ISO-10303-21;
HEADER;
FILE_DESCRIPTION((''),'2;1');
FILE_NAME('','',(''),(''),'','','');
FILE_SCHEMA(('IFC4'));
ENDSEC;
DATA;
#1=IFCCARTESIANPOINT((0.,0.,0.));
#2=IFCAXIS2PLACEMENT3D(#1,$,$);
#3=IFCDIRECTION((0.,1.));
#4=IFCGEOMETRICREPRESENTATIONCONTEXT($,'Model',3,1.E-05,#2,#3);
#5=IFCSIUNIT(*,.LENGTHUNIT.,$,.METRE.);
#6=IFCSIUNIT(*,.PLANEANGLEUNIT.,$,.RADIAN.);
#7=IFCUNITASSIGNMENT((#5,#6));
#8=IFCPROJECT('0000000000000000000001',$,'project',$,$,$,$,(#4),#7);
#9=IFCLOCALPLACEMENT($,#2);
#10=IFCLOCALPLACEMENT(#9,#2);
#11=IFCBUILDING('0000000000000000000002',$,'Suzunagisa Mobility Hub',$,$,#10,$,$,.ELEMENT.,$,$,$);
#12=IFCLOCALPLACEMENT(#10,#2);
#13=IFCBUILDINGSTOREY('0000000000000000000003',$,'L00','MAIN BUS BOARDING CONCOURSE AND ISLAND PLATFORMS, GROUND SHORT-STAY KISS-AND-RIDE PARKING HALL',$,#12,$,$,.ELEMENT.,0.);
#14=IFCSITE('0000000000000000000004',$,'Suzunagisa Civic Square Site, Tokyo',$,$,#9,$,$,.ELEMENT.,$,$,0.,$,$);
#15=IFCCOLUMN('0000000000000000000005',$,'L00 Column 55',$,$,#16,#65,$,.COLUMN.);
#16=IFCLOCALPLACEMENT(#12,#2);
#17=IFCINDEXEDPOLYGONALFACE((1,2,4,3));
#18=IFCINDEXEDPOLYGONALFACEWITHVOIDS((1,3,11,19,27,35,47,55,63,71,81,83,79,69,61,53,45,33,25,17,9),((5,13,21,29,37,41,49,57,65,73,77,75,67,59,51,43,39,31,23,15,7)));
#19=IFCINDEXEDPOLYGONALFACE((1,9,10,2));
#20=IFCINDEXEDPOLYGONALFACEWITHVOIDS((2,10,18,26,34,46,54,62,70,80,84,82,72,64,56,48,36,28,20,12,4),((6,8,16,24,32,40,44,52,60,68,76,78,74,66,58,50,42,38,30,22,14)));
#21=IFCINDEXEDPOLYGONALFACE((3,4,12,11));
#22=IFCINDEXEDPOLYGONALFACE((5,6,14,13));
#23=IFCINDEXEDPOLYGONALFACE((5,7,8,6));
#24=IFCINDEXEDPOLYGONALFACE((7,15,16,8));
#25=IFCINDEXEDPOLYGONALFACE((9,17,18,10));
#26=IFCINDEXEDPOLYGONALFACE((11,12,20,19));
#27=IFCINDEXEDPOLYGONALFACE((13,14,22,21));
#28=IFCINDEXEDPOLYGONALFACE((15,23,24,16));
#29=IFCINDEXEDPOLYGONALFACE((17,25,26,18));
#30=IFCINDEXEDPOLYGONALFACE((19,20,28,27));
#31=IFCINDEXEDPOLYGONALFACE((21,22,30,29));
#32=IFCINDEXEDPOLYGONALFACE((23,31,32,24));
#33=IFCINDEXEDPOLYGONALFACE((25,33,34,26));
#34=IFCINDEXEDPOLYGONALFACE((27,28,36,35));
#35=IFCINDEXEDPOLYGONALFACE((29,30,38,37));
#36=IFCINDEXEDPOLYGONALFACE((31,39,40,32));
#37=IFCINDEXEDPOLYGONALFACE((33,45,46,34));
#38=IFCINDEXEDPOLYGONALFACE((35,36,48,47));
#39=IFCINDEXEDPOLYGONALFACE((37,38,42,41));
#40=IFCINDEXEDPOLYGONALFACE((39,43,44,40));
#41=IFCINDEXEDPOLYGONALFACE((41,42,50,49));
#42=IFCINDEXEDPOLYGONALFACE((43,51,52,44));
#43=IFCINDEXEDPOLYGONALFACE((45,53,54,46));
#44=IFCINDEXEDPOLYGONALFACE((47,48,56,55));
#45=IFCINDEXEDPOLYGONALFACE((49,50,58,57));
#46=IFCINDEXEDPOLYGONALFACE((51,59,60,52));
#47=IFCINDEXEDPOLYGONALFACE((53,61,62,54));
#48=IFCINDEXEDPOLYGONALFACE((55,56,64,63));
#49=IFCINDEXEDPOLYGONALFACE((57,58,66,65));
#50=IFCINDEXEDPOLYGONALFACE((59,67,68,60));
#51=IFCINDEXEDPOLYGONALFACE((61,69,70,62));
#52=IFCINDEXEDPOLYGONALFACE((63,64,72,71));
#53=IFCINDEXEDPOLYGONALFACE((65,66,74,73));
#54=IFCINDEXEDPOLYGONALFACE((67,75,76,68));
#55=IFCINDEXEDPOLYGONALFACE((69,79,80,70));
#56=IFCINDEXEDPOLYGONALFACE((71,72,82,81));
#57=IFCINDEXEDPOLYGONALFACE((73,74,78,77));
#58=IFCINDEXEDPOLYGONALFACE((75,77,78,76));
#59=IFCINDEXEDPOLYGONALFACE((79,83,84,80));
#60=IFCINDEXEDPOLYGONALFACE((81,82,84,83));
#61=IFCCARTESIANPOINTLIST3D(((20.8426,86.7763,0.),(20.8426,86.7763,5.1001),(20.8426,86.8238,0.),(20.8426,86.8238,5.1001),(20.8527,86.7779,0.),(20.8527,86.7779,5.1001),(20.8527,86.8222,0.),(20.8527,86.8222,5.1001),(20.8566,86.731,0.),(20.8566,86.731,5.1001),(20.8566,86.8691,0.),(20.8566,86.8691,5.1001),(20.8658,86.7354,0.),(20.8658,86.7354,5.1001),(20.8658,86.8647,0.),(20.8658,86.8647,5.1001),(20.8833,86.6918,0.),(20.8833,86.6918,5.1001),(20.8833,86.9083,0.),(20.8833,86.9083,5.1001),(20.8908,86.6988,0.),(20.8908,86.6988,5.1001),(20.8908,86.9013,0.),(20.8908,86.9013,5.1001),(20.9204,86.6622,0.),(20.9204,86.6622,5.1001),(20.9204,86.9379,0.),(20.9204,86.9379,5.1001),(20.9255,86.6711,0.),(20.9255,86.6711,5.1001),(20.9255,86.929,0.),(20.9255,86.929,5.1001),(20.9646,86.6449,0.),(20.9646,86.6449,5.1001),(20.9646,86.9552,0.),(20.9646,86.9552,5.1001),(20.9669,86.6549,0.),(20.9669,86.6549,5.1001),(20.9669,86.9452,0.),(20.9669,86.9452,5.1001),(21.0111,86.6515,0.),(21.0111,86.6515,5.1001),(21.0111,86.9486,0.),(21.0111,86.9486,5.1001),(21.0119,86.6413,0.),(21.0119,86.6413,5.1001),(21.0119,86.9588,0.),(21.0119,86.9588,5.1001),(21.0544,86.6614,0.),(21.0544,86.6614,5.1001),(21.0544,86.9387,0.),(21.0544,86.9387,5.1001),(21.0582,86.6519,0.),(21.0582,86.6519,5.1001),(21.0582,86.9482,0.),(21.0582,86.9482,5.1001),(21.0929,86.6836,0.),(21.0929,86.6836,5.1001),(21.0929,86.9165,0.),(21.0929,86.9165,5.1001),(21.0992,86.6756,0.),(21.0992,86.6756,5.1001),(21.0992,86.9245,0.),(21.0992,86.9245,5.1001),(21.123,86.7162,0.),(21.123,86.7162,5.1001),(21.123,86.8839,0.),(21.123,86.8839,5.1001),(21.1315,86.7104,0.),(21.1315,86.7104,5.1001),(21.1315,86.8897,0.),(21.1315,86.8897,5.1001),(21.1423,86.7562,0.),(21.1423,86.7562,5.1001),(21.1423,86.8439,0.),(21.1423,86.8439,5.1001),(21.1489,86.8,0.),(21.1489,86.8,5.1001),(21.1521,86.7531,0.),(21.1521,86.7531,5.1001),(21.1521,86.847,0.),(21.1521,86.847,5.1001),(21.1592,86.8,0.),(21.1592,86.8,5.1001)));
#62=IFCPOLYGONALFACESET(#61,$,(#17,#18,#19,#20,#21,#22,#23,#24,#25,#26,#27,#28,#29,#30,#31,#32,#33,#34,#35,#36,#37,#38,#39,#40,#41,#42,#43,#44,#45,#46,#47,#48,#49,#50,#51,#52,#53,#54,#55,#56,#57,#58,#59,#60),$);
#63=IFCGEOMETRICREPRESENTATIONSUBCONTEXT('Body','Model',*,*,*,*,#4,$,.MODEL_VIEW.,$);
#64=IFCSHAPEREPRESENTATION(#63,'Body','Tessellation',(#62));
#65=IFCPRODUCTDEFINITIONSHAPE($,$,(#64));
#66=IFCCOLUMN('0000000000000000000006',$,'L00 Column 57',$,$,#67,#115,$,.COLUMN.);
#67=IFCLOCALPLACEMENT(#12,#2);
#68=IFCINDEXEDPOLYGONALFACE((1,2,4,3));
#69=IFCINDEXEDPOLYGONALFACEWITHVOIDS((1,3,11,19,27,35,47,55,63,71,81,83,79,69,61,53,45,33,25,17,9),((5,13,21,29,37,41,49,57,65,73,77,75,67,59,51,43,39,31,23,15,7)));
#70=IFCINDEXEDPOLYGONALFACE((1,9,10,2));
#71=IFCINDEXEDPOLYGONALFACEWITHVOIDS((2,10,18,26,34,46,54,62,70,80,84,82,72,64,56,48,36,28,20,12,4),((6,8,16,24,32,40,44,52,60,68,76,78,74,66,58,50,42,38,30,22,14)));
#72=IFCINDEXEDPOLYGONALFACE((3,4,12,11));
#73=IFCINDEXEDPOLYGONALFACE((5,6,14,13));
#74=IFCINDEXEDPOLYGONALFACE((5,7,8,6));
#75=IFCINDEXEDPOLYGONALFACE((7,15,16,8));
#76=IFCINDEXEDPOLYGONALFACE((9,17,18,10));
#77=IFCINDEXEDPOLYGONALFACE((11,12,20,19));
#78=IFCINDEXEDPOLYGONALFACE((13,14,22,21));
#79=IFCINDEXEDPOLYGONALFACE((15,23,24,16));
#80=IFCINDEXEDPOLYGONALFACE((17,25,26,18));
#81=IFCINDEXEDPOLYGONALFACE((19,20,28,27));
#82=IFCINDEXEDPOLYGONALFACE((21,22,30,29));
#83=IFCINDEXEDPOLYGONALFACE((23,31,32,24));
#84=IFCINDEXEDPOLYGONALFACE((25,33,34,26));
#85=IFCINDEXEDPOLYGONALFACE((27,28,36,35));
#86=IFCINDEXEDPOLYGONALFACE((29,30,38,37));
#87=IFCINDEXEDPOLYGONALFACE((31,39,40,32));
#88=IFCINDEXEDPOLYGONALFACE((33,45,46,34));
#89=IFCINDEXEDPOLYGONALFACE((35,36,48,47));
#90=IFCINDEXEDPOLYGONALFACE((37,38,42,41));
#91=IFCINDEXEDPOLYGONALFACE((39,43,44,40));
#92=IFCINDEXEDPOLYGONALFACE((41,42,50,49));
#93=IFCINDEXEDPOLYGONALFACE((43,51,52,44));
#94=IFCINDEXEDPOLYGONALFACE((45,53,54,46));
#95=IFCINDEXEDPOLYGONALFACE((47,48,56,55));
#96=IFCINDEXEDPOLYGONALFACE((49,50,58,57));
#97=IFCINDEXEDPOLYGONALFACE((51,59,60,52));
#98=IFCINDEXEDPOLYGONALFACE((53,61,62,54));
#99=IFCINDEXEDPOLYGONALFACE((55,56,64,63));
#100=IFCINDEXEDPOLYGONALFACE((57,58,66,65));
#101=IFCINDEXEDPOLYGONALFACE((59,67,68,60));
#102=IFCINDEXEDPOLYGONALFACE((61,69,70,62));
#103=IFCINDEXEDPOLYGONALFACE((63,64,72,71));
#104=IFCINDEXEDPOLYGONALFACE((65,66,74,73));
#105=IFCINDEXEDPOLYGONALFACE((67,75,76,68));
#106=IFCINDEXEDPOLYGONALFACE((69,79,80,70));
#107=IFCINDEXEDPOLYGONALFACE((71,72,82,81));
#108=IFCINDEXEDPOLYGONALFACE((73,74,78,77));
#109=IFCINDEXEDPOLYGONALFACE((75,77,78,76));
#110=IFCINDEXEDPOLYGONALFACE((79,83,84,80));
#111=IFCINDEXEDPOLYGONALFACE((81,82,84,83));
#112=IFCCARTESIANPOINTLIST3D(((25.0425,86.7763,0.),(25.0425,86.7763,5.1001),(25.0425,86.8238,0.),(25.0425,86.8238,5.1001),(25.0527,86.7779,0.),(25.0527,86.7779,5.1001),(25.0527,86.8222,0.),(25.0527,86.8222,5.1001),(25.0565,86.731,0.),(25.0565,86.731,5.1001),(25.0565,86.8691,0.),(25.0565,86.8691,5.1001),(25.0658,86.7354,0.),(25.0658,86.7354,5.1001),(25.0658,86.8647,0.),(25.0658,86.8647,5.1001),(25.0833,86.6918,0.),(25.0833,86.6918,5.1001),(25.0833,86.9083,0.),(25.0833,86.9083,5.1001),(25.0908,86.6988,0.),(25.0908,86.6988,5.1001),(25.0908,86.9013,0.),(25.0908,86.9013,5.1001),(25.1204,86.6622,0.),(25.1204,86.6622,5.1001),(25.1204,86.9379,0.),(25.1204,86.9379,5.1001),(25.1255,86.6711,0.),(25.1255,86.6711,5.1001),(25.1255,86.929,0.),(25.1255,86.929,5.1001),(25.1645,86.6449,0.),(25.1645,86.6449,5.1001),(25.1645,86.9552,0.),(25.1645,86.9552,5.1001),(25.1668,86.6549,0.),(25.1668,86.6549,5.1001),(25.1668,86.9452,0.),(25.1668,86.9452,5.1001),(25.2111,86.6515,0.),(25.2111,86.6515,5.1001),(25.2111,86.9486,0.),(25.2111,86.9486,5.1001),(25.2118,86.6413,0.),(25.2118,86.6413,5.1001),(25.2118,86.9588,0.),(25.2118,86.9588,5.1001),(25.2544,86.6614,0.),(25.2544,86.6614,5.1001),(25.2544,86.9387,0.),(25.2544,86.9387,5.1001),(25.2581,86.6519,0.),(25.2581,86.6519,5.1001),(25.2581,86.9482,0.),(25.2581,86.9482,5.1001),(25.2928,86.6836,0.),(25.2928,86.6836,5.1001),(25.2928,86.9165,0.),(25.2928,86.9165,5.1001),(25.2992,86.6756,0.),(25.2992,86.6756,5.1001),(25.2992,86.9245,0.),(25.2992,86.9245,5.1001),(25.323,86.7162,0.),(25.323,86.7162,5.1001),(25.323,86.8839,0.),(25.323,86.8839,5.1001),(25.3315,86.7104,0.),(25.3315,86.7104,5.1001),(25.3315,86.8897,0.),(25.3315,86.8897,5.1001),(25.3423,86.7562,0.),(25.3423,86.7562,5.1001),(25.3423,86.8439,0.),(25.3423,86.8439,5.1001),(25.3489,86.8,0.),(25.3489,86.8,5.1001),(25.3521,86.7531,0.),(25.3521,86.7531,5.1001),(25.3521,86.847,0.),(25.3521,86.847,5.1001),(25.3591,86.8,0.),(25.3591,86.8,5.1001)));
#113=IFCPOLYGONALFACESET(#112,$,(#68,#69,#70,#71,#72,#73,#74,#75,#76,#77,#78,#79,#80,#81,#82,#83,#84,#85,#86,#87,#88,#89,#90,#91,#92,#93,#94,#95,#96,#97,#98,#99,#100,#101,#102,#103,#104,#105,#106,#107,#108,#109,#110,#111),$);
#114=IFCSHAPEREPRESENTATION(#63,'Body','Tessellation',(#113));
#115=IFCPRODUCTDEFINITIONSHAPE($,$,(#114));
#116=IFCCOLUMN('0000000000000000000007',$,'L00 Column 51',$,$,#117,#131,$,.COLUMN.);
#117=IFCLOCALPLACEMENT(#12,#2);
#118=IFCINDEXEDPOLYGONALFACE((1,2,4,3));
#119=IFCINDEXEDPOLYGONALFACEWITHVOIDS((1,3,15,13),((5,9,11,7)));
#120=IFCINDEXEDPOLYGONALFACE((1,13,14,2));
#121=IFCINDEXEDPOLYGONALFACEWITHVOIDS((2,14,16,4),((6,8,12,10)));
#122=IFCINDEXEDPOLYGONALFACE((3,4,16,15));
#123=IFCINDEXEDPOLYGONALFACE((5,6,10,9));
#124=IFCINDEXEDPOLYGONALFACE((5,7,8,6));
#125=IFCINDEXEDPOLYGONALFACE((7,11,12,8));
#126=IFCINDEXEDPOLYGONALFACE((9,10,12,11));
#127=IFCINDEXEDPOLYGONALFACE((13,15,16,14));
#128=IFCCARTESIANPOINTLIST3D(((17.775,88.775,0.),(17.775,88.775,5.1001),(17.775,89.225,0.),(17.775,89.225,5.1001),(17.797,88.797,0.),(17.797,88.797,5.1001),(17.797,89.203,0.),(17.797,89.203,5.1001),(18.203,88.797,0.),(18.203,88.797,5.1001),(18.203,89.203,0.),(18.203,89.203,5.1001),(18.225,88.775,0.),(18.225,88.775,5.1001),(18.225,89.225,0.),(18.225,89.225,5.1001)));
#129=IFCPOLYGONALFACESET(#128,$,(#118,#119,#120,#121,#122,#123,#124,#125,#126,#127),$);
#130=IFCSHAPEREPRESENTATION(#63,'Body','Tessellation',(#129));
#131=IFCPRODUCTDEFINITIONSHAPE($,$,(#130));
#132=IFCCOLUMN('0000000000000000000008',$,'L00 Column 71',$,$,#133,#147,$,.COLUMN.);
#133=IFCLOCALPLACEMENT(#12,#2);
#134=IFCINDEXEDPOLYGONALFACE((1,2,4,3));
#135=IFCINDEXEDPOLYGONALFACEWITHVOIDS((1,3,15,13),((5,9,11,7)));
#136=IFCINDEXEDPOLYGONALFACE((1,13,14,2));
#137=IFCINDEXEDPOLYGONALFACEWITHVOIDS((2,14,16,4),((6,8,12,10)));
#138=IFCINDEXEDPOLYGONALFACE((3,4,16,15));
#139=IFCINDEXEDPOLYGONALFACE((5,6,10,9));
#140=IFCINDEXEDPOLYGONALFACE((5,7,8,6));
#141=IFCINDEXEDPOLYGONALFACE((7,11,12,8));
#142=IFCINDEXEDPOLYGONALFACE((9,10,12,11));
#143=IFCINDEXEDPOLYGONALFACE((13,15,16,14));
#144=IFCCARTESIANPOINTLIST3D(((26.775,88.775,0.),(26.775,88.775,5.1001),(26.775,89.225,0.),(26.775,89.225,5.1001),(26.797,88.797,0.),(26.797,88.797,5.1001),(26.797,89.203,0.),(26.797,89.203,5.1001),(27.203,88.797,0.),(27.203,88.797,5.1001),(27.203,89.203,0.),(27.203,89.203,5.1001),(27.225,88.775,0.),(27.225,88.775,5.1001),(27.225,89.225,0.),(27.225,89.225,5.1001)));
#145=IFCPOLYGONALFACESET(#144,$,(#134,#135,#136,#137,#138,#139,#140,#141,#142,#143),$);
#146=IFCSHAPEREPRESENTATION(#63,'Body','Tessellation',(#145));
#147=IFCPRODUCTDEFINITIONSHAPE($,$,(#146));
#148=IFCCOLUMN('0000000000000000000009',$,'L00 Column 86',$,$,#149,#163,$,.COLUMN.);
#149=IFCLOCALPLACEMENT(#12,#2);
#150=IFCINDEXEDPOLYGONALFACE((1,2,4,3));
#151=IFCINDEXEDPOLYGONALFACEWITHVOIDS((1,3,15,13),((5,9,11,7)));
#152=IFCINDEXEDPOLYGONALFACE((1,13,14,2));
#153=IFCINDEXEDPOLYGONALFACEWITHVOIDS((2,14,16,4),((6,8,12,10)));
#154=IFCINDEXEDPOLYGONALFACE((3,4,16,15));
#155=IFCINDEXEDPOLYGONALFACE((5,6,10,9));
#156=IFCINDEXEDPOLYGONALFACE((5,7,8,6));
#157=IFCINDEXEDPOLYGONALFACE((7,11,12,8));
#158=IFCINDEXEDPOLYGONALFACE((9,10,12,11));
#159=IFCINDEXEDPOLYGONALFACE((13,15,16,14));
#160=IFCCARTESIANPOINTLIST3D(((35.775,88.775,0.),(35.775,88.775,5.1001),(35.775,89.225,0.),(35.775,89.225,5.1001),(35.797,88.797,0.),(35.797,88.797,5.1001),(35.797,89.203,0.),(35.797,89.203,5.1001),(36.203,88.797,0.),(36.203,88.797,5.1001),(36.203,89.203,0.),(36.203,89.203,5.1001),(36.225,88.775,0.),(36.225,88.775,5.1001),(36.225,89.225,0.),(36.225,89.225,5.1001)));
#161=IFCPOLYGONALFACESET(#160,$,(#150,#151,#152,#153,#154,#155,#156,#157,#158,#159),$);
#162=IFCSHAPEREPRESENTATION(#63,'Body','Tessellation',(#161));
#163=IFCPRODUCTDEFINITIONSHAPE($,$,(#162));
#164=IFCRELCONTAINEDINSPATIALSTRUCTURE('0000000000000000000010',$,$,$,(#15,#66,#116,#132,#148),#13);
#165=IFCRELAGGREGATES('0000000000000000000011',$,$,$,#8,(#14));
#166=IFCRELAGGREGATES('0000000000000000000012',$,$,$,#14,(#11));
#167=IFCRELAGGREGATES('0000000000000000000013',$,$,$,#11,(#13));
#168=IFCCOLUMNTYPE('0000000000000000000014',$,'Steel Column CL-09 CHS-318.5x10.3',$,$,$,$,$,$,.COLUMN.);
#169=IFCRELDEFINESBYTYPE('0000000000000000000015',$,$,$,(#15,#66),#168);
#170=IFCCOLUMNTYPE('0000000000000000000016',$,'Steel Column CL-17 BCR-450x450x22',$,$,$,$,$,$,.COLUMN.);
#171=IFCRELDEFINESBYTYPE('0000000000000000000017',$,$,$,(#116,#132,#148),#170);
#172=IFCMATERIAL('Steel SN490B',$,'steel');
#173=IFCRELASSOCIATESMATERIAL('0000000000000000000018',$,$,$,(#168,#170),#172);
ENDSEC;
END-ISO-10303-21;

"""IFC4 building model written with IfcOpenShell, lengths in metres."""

from ifc_helpers import new_model, si_unit, direction, frame, origin, origin_2d, place, context, subcontext, project, spatial, hollow_rectangle, hollow_circle, extrude, material, material_profile, profile_set, type_object, element, save


model = new_model("IFC4")

# Units and contexts
model_context = context("Model", 3, precision=1e-05, world=origin(), true_north=direction((0.0, 1.0)))
body_context = subcontext(model_context, "Body", "Model", "MODEL_VIEW")
ifc_project = project(units=[si_unit("LENGTHUNIT", "METRE"), si_unit("PLANEANGLEUNIT", "RADIAN")], contexts=[model_context])

# Site, building, storey
site_placement = place(None, origin())
site = spatial("IfcSite", under=ifc_project, at=site_placement, Name="Suzunagisa Civic Square Site, Tokyo", CompositionType="ELEMENT", RefElevation=0.0)
building_placement = place(site_placement, origin())
building = spatial("IfcBuilding", under=site, at=building_placement, Name="Suzunagisa Mobility Hub", CompositionType="ELEMENT")
storey_placement = place(building_placement, origin())
storey = spatial("IfcBuildingStorey", under=building, at=storey_placement, Name="L00", Description="MAIN BUS BOARDING CONCOURSE AND ISLAND PLATFORMS, GROUND SHORT-STAY KISS-AND-RIDE PARKING HALL", CompositionType="ELEMENT", Elevation=0.0)

# Columns
ifc_material_1 = material(Name="Steel SN490B", Category="steel")
ifc_material_profile_1 = material_profile(ifc_material_1, hollow_circle(Radius=0.1592, WallThickness=0.0103, at=origin_2d()), Name="CHS-318.5x10.3")
ifc_profile_set_1 = profile_set([ifc_material_profile_1], Name="Steel SN490B")
column_type_1 = type_object("IfcColumnType", Name="Steel Column CL-09 CHS-318.5x10.3", PredefinedType="COLUMN", material=ifc_profile_set_1)
for number, where, z_axis, x_axis, name in (
    (1, (21.0, 86.8, 0.0), (0.0, 0.0, 1.0), (1.0, 0.0, 0.0), "L00 Column 55"),
    (2, (25.2, 86.8, 0.0), (0.0, 0.0, 1.0), (1.0, 0.0, 0.0), "L00 Column 57"),
):
    element("IfcColumn", number, at=place(storey_placement, frame(where, z_axis=z_axis, x_axis=x_axis)), inside=storey, type_object=column_type_1, Name=name, PredefinedType="COLUMN", context=body_context, shape_type="SweptSolid", body=[
        extrude(hollow_circle(Radius=0.1592, WallThickness=0.0103, at=origin_2d()), origin(), (0.0, 0.0, 1.0), 5.1001),
    ])
ifc_material_profile_2 = material_profile(ifc_material_1, hollow_rectangle(XDim=0.45, YDim=0.45, WallThickness=0.022, at=origin_2d()), Name="BCR-450x450x22")
ifc_profile_set_2 = profile_set([ifc_material_profile_2], Name="Steel SN490B")
column_type_2 = type_object("IfcColumnType", Name="Steel Column CL-17 BCR-450x450x22", PredefinedType="COLUMN", material=ifc_profile_set_2)
for number, where, z_axis, x_axis, name in (
    (3, (18.0, 89.0, 0.0), (0.0, 0.0, 1.0), (1.0, 0.0, 0.0), "L00 Column 51"),
    (4, (27.0, 89.0, 0.0), (0.0, 0.0, 1.0), (1.0, 0.0, 0.0), "L00 Column 71"),
    (5, (36.0, 89.0, 0.0), (0.0, 0.0, 1.0), (1.0, 0.0, 0.0), "L00 Column 86"),
):
    element("IfcColumn", number, at=place(storey_placement, frame(where, z_axis=z_axis, x_axis=x_axis)), inside=storey, type_object=column_type_2, Name=name, PredefinedType="COLUMN", context=body_context, shape_type="SweptSolid", body=[
        extrude(hollow_rectangle(XDim=0.45, YDim=0.45, WallThickness=0.022, at=origin_2d()), origin(), (0.0, 0.0, 1.0), 5.1001),
    ])

save(model, "model.ifc")
